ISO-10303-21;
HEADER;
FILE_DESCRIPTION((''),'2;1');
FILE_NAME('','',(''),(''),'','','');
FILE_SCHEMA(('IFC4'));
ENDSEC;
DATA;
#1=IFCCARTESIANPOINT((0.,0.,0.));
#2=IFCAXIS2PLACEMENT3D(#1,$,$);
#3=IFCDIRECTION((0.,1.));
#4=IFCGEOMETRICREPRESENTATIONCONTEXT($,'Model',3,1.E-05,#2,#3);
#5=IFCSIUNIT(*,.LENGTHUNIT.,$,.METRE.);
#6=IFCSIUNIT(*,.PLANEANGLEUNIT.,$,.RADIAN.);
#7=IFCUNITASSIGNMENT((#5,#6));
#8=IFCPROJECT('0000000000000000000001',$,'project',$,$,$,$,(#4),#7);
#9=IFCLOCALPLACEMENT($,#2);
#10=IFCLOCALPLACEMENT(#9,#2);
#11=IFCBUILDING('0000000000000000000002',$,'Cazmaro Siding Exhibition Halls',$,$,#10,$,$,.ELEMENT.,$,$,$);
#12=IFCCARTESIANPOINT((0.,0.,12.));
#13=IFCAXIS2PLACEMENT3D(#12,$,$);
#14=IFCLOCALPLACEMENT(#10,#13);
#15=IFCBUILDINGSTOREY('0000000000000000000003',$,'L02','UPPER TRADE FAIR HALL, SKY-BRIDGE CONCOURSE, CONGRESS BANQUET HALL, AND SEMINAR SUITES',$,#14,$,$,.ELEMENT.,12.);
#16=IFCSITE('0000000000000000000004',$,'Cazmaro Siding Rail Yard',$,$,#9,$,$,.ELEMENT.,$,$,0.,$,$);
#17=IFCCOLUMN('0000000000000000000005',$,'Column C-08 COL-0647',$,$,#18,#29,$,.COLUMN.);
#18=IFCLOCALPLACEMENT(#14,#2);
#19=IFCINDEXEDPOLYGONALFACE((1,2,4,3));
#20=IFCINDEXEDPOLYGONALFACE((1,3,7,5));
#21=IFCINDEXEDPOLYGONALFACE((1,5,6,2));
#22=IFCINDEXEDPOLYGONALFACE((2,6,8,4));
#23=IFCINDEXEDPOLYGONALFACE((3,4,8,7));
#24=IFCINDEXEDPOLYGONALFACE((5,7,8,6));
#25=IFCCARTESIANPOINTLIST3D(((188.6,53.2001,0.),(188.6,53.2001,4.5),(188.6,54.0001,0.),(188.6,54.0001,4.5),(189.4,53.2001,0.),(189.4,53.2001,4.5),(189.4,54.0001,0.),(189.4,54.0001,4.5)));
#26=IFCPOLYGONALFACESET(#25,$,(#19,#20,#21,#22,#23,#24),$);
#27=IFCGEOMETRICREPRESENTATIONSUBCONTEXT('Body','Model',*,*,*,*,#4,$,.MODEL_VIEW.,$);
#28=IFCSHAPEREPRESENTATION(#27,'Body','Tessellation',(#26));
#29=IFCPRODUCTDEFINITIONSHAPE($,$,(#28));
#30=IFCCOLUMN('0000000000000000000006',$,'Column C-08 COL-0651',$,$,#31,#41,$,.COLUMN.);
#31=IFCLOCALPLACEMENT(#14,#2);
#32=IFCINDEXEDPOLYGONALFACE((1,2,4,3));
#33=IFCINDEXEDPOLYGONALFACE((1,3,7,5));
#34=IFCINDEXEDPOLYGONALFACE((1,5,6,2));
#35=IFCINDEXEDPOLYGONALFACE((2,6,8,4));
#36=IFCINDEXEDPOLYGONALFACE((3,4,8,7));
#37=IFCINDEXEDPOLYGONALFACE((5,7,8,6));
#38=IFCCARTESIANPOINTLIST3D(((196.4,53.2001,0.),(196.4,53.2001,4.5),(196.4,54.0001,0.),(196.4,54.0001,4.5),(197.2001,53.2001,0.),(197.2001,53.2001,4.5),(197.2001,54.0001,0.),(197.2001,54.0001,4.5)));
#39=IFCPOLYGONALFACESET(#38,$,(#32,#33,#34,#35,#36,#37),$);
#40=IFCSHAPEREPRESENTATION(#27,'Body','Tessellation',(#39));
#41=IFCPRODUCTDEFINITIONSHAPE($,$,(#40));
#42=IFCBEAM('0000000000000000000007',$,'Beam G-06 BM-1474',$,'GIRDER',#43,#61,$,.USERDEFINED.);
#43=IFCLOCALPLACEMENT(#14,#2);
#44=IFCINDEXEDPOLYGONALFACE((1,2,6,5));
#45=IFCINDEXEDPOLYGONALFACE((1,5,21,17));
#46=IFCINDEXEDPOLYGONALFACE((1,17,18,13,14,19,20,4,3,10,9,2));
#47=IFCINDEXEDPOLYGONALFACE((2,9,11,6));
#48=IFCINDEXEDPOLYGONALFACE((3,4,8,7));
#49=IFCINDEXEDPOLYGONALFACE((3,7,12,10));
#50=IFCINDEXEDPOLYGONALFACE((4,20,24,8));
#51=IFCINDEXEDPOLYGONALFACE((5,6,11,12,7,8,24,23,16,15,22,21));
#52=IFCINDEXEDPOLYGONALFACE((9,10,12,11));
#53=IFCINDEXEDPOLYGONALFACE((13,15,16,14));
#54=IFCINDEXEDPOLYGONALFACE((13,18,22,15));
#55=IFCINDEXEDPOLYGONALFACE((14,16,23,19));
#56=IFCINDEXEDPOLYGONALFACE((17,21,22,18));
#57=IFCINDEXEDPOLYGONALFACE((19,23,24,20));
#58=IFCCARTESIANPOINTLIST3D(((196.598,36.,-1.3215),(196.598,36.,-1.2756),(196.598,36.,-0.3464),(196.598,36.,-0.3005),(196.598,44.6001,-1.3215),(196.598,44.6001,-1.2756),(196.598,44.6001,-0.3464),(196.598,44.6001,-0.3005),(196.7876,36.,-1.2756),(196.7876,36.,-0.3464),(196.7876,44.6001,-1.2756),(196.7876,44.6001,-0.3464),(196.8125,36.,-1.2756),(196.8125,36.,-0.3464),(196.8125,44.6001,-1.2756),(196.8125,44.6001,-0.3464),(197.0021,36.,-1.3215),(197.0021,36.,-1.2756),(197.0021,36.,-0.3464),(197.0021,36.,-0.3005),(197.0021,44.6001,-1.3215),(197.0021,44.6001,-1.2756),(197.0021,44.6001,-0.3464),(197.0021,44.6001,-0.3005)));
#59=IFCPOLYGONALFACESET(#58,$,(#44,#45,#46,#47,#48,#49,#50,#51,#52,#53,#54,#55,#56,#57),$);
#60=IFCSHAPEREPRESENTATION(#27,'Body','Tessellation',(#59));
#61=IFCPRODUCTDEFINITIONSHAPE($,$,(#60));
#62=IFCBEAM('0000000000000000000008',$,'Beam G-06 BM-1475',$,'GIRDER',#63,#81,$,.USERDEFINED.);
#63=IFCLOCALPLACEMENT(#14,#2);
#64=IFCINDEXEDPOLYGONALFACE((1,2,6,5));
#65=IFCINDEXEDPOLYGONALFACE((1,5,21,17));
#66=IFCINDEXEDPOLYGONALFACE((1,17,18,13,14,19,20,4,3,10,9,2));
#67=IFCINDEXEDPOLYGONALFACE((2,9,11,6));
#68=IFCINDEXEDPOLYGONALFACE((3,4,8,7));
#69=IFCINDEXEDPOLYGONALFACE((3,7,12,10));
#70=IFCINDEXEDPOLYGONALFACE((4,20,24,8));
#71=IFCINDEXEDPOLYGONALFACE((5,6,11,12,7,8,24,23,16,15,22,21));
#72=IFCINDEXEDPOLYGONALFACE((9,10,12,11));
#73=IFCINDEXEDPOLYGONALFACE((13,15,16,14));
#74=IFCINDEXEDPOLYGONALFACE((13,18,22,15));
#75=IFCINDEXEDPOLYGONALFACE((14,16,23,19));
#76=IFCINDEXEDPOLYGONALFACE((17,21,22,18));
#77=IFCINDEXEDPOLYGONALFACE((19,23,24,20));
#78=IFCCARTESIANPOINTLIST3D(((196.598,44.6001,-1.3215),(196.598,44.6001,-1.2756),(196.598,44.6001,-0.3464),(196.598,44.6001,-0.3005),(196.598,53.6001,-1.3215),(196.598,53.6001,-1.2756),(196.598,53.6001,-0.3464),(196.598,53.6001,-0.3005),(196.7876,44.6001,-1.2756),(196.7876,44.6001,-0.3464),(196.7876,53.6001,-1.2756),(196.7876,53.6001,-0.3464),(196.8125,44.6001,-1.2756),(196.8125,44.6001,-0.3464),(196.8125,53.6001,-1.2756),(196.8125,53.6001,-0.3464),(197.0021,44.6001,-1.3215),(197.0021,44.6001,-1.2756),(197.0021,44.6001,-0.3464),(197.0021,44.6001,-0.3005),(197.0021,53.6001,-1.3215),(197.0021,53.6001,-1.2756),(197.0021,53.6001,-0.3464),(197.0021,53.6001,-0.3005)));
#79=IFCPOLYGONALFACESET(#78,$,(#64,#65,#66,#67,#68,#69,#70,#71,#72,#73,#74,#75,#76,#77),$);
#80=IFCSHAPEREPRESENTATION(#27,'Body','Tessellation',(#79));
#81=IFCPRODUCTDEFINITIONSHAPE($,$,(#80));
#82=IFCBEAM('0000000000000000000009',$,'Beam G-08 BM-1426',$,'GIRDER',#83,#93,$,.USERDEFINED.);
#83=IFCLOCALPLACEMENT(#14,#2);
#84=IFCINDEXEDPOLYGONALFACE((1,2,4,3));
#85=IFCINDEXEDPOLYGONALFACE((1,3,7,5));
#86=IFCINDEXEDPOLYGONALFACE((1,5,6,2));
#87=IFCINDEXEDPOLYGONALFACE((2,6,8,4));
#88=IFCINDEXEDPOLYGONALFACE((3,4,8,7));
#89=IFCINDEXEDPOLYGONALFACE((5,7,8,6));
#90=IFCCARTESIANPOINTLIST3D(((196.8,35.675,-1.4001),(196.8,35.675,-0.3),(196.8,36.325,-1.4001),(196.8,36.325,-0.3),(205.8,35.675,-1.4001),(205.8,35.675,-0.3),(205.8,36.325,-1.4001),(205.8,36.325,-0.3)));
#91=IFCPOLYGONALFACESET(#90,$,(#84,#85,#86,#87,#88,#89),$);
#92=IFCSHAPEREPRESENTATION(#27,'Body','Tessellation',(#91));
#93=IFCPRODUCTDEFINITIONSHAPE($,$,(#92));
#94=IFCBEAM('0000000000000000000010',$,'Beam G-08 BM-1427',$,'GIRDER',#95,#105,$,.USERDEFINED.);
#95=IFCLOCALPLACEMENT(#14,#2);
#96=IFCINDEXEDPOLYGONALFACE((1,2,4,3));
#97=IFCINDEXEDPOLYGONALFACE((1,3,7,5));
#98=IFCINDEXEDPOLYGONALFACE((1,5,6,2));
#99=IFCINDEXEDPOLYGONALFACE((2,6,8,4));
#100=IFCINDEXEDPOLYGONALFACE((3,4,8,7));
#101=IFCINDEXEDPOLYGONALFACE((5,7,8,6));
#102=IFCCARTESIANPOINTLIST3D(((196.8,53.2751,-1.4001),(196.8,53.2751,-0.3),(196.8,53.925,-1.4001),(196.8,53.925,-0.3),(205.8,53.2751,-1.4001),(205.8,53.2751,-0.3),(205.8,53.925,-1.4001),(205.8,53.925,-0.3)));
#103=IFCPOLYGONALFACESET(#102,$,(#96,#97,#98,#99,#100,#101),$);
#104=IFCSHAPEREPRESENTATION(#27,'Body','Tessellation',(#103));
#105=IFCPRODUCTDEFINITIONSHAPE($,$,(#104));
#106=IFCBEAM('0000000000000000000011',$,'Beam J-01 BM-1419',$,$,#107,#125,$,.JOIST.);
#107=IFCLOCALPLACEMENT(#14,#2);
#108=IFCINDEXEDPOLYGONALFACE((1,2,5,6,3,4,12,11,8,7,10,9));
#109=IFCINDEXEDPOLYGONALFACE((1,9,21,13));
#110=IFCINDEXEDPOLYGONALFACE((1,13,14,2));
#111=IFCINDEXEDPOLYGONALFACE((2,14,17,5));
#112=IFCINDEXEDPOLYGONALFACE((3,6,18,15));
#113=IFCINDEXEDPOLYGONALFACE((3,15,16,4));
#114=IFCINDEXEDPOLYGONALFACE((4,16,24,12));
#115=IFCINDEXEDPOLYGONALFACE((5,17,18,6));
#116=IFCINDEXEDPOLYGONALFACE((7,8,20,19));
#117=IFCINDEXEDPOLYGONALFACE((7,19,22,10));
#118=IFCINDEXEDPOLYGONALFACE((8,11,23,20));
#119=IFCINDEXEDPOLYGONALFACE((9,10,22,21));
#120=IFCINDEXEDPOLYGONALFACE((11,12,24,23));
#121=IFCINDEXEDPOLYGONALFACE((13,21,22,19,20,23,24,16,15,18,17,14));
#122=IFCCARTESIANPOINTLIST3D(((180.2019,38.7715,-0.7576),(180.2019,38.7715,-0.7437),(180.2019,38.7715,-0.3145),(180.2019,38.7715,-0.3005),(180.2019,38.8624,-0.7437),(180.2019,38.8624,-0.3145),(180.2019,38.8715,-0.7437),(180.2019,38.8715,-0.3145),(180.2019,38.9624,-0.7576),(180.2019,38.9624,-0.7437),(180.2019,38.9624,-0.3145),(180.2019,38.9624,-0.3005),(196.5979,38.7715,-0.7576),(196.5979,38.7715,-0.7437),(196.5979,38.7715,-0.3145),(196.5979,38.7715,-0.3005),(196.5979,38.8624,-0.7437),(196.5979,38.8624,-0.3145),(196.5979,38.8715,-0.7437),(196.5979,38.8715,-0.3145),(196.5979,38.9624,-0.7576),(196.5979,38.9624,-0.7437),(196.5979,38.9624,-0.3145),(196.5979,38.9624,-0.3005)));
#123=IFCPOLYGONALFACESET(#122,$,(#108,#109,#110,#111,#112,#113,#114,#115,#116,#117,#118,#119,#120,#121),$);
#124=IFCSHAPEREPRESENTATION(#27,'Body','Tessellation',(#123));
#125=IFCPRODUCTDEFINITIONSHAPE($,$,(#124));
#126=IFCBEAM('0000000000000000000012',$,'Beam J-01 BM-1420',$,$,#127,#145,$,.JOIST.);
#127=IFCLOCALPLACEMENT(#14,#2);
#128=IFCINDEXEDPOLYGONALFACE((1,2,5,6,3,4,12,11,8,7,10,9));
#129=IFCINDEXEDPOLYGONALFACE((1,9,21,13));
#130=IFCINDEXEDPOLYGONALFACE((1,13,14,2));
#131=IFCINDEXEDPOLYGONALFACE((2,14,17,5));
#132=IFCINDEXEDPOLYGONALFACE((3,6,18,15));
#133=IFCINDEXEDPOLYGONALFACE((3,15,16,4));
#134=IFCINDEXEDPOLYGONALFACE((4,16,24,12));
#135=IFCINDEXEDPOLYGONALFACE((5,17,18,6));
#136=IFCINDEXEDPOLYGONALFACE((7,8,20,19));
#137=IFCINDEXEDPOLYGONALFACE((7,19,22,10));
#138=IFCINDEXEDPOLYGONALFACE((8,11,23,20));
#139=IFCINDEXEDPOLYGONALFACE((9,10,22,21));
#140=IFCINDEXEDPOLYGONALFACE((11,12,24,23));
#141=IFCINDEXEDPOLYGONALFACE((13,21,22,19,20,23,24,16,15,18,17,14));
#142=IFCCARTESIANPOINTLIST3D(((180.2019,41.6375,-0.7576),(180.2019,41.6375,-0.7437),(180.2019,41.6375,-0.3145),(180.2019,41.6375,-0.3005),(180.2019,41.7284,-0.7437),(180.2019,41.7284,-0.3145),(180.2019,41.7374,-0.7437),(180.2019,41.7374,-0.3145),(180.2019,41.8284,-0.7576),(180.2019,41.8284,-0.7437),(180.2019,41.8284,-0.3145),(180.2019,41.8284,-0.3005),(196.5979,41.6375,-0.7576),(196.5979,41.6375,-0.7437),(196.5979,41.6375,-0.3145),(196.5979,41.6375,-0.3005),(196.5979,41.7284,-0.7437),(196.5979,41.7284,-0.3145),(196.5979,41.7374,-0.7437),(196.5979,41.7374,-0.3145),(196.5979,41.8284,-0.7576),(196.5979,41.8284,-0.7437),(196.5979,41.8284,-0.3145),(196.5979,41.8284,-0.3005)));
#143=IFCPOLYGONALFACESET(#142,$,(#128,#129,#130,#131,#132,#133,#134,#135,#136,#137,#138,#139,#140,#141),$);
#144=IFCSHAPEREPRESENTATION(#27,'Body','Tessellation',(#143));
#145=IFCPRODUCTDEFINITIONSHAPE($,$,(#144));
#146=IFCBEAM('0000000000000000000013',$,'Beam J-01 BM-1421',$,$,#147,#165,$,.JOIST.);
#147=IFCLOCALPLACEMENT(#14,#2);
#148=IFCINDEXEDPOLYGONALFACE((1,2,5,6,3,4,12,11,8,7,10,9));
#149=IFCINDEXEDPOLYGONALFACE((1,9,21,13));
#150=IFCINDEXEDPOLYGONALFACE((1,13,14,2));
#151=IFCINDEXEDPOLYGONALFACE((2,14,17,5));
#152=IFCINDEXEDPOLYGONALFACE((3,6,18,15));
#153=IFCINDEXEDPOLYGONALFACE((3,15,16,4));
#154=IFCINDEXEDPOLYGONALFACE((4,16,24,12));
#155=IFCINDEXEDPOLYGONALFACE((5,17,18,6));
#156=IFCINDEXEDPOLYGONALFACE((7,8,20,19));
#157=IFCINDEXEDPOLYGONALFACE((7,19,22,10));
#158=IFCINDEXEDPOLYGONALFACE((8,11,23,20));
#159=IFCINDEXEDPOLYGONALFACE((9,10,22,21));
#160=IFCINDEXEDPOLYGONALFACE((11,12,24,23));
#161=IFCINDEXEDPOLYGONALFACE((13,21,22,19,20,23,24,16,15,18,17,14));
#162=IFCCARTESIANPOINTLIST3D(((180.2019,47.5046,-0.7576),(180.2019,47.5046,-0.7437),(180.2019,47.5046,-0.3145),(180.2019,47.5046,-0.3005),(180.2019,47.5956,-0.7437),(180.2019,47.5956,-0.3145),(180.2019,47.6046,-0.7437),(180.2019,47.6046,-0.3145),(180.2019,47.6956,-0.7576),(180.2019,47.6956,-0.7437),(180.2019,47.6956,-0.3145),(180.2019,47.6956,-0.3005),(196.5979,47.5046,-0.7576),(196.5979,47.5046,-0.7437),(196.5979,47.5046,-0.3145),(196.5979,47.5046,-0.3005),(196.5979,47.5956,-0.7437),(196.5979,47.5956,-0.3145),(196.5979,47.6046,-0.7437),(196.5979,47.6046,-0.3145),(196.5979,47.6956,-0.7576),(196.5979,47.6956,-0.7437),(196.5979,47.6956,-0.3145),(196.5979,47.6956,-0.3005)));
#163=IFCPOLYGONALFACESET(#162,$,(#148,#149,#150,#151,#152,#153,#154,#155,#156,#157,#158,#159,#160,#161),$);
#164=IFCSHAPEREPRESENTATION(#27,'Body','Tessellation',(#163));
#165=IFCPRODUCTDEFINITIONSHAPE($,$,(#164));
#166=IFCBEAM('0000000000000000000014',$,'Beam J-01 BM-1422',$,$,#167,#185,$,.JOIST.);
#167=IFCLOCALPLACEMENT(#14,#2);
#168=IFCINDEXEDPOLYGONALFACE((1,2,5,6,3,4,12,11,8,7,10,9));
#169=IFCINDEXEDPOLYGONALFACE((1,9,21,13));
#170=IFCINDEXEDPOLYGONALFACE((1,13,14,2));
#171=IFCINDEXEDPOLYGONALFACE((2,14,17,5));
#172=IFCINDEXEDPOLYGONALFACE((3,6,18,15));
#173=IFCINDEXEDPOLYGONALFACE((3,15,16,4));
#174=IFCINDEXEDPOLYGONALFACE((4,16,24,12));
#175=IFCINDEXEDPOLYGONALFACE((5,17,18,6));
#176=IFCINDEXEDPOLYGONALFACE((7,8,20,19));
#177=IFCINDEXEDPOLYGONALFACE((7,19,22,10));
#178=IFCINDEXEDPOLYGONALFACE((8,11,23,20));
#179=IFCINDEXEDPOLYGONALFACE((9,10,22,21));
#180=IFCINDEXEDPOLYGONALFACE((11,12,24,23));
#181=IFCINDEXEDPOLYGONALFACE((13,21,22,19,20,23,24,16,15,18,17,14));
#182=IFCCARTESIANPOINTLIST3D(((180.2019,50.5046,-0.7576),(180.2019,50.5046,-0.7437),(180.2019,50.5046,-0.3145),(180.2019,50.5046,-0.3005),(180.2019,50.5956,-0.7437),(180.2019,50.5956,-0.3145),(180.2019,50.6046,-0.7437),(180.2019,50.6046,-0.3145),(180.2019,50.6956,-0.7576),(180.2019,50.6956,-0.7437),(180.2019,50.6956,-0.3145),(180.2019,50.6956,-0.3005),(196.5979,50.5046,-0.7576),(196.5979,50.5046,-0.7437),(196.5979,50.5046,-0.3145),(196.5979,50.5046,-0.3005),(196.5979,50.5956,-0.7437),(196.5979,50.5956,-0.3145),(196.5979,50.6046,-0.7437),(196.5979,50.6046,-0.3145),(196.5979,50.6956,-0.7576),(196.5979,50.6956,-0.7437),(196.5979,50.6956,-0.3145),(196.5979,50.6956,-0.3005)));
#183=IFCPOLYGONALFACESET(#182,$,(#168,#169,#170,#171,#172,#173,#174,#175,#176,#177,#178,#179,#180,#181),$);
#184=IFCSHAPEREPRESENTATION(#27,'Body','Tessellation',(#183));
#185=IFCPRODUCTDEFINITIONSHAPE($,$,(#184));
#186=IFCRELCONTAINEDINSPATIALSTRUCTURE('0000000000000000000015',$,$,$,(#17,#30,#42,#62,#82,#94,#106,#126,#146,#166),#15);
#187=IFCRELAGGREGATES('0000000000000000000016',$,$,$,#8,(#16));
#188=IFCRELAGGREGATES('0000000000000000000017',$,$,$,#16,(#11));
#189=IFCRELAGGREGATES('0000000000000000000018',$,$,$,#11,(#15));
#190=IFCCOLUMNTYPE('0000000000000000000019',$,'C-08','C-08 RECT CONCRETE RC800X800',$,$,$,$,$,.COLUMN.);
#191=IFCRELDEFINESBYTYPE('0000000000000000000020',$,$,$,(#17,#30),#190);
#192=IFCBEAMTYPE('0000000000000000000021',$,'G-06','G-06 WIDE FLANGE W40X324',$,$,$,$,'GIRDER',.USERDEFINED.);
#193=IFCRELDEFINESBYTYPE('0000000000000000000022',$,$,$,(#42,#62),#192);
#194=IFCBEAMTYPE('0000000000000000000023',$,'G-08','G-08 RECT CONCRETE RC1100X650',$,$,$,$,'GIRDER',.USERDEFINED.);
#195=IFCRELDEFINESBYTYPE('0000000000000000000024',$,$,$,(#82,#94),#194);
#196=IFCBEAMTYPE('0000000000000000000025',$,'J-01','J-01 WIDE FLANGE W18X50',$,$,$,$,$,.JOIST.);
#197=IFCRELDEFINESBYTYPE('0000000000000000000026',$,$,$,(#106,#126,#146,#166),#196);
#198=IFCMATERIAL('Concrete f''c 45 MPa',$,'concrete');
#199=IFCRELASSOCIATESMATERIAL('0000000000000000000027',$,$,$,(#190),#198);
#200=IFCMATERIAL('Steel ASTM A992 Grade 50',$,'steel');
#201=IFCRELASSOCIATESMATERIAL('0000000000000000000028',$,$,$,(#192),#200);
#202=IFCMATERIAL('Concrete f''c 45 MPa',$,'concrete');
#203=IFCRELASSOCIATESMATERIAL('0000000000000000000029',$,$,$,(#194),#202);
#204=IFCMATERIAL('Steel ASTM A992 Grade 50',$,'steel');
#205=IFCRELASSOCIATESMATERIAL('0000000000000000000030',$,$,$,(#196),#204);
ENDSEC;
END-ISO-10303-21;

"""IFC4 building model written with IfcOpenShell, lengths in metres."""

from ifc_helpers import new_model, si_unit, direction, frame, origin, origin_2d, place, context, subcontext, project, spatial, rectangle, i_section, extrude, material, material_profile, profile_set, type_object, element, save


model = new_model("IFC4")

# Units and contexts
model_context = context("Model", 3, precision=1e-05, world=origin(), true_north=direction((0.0, 1.0)))
body_context = subcontext(model_context, "Body", "Model", "MODEL_VIEW")
ifc_project = project(units=[si_unit("LENGTHUNIT", "METRE"), si_unit("PLANEANGLEUNIT", "RADIAN")], contexts=[model_context])

# Site, building, storey
site_placement = place(None, origin())
site = spatial("IfcSite", under=ifc_project, at=site_placement, Name="Cazmaro Siding Rail Yard", CompositionType="ELEMENT", RefElevation=0.0)
building_placement = place(site_placement, origin())
building = spatial("IfcBuilding", under=site, at=building_placement, Name="Cazmaro Siding Exhibition Halls", CompositionType="ELEMENT")
storey_placement = place(building_placement, frame((0.0, 0.0, 12.0)))
storey = spatial("IfcBuildingStorey", under=building, at=storey_placement, Name="L02", Description="UPPER TRADE FAIR HALL, SKY-BRIDGE CONCOURSE, CONGRESS BANQUET HALL, AND SEMINAR SUITES", CompositionType="ELEMENT", Elevation=12.0)

# Columns
ifc_material_1 = material(Name="Concrete f'c 45 MPa", Category="concrete")
ifc_material_profile_1 = material_profile(ifc_material_1, rectangle(XDim=0.8, YDim=0.8, at=origin_2d()), Name="RC800X800")
ifc_profile_set_1 = profile_set([ifc_material_profile_1], Name="Concrete f'c 45 MPa")
column_type = type_object("IfcColumnType", Name="C-08", Description="C-08 RECT CONCRETE RC800X800", PredefinedType="COLUMN", material=ifc_profile_set_1)
for number, where, z_axis, x_axis, name in (
    (1, (189.0, 53.6001, 0.0), (0.0, 0.0, 1.0), (1.0, 0.0, 0.0), "Column C-08 COL-0647"),
    (2, (196.8, 53.6001, 0.0), (0.0, 0.0, 1.0), (1.0, 0.0, 0.0), "Column C-08 COL-0651"),
):
    element("IfcColumn", number, at=place(storey_placement, frame(where, z_axis=z_axis, x_axis=x_axis)), inside=storey, type_object=column_type, Name=name, PredefinedType="COLUMN", context=body_context, shape_type="SweptSolid", body=[
        extrude(rectangle(XDim=0.8, YDim=0.8, at=origin_2d()), origin(), (0.0, 0.0, 1.0), 4.5),
    ])

# Beams
ifc_material_2 = material(Name="Steel ASTM A992 Grade 50", Category="steel")
ifc_material_profile_2 = material_profile(ifc_material_2, i_section(OverallWidth=0.4041, OverallDepth=1.021, WebThickness=0.0249, FlangeThickness=0.0459, at=origin_2d()), Name="W40X324")
ifc_profile_set_2 = profile_set([ifc_material_profile_2], Name="Steel ASTM A992 Grade 50")
beam_type_1 = type_object("IfcBeamType", Name="G-06", Description="G-06 WIDE FLANGE W40X324", ElementType="GIRDER", PredefinedType="USERDEFINED", material=ifc_profile_set_2)
beam_1_placement = place(storey_placement, frame((196.8, 36.0, -0.811), z_axis=(0.0, 1.0, 0.0), x_axis=(-1.0, 0.0, 0.0)))
element("IfcBeam", 3, at=beam_1_placement, inside=storey, type_object=beam_type_1, Name="Beam G-06 BM-1474", ObjectType="GIRDER", PredefinedType="USERDEFINED", context=body_context, shape_type="SweptSolid", body=[
    extrude(i_section(OverallWidth=0.4041, OverallDepth=1.021, WebThickness=0.0249, FlangeThickness=0.0459, at=origin_2d()), origin(), (0.0, 0.0, 1.0), 8.6001),
])
beam_2_placement = place(storey_placement, frame((196.8, 44.6001, -0.811), z_axis=(0.0, 1.0, 0.0), x_axis=(-1.0, 0.0, 0.0)))
element("IfcBeam", 4, at=beam_2_placement, inside=storey, type_object=beam_type_1, Name="Beam G-06 BM-1475", ObjectType="GIRDER", PredefinedType="USERDEFINED", context=body_context, shape_type="SweptSolid", body=[
    extrude(i_section(OverallWidth=0.4041, OverallDepth=1.021, WebThickness=0.0249, FlangeThickness=0.0459, at=origin_2d()), origin(), (0.0, 0.0, 1.0), 9.0),
])
ifc_material_3 = material(Name="Concrete f'c 45 MPa", Category="concrete")
ifc_material_profile_3 = material_profile(ifc_material_3, rectangle(XDim=0.6499, YDim=1.1001, at=origin_2d()), Name="RC1100X650")
ifc_profile_set_3 = profile_set([ifc_material_profile_3], Name="Concrete f'c 45 MPa")
beam_type_2 = type_object("IfcBeamType", Name="G-08", Description="G-08 RECT CONCRETE RC1100X650", ElementType="GIRDER", PredefinedType="USERDEFINED", material=ifc_profile_set_3)
for number, where, z_axis, x_axis, name in (
    (5, (196.8, 36.0, -0.8501), (1.0, 0.0, 0.0), (0.0, 1.0, 0.0), "Beam G-08 BM-1426"),
    (6, (196.8, 53.6001, -0.8501), (1.0, 0.0, 0.0), (0.0, 1.0, 0.0), "Beam G-08 BM-1427"),
):
    element("IfcBeam", number, at=place(storey_placement, frame(where, z_axis=z_axis, x_axis=x_axis)), inside=storey, type_object=beam_type_2, Name=name, ObjectType="GIRDER", PredefinedType="USERDEFINED", context=body_context, shape_type="SweptSolid", body=[
        extrude(rectangle(XDim=0.6499, YDim=1.1001, at=origin_2d()), origin(), (0.0, 0.0, 1.0), 9.0),
    ])
ifc_material_4 = material(Name="Steel ASTM A992 Grade 50", Category="steel")
ifc_material_profile_4 = material_profile(ifc_material_4, i_section(OverallWidth=0.1909, OverallDepth=0.457, WebThickness=0.009, FlangeThickness=0.0139, at=origin_2d()), Name="W18X50")
ifc_profile_set_4 = profile_set([ifc_material_profile_4], Name="Steel ASTM A992 Grade 50")
beam_type_3 = type_object("IfcBeamType", Name="J-01", Description="J-01 WIDE FLANGE W18X50", PredefinedType="JOIST", material=ifc_profile_set_4)
for number, where, z_axis, x_axis, name in (
    (7, (180.2019, 38.8669, -0.5291), (1.0, 0.0, 0.0), (0.0, 1.0, 0.0), "Beam J-01 BM-1419"),
    (8, (180.2019, 41.7329, -0.5291), (1.0, 0.0, 0.0), (0.0, 1.0, 0.0), "Beam J-01 BM-1420"),
    (9, (180.2019, 47.6001, -0.5291), (1.0, 0.0, 0.0), (0.0, 1.0, 0.0), "Beam J-01 BM-1421"),
    (10, (180.2019, 50.6001, -0.5291), (1.0, 0.0, 0.0), (0.0, 1.0, 0.0), "Beam J-01 BM-1422"),
):
    element("IfcBeam", number, at=place(storey_placement, frame(where, z_axis=z_axis, x_axis=x_axis)), inside=storey, type_object=beam_type_3, Name=name, PredefinedType="JOIST", context=body_context, shape_type="SweptSolid", body=[
        extrude(i_section(OverallWidth=0.1909, OverallDepth=0.457, WebThickness=0.009, FlangeThickness=0.0139, at=origin_2d()), origin(), (0.0, 0.0, 1.0), 16.396),
    ])

save(model, "model.ifc")
